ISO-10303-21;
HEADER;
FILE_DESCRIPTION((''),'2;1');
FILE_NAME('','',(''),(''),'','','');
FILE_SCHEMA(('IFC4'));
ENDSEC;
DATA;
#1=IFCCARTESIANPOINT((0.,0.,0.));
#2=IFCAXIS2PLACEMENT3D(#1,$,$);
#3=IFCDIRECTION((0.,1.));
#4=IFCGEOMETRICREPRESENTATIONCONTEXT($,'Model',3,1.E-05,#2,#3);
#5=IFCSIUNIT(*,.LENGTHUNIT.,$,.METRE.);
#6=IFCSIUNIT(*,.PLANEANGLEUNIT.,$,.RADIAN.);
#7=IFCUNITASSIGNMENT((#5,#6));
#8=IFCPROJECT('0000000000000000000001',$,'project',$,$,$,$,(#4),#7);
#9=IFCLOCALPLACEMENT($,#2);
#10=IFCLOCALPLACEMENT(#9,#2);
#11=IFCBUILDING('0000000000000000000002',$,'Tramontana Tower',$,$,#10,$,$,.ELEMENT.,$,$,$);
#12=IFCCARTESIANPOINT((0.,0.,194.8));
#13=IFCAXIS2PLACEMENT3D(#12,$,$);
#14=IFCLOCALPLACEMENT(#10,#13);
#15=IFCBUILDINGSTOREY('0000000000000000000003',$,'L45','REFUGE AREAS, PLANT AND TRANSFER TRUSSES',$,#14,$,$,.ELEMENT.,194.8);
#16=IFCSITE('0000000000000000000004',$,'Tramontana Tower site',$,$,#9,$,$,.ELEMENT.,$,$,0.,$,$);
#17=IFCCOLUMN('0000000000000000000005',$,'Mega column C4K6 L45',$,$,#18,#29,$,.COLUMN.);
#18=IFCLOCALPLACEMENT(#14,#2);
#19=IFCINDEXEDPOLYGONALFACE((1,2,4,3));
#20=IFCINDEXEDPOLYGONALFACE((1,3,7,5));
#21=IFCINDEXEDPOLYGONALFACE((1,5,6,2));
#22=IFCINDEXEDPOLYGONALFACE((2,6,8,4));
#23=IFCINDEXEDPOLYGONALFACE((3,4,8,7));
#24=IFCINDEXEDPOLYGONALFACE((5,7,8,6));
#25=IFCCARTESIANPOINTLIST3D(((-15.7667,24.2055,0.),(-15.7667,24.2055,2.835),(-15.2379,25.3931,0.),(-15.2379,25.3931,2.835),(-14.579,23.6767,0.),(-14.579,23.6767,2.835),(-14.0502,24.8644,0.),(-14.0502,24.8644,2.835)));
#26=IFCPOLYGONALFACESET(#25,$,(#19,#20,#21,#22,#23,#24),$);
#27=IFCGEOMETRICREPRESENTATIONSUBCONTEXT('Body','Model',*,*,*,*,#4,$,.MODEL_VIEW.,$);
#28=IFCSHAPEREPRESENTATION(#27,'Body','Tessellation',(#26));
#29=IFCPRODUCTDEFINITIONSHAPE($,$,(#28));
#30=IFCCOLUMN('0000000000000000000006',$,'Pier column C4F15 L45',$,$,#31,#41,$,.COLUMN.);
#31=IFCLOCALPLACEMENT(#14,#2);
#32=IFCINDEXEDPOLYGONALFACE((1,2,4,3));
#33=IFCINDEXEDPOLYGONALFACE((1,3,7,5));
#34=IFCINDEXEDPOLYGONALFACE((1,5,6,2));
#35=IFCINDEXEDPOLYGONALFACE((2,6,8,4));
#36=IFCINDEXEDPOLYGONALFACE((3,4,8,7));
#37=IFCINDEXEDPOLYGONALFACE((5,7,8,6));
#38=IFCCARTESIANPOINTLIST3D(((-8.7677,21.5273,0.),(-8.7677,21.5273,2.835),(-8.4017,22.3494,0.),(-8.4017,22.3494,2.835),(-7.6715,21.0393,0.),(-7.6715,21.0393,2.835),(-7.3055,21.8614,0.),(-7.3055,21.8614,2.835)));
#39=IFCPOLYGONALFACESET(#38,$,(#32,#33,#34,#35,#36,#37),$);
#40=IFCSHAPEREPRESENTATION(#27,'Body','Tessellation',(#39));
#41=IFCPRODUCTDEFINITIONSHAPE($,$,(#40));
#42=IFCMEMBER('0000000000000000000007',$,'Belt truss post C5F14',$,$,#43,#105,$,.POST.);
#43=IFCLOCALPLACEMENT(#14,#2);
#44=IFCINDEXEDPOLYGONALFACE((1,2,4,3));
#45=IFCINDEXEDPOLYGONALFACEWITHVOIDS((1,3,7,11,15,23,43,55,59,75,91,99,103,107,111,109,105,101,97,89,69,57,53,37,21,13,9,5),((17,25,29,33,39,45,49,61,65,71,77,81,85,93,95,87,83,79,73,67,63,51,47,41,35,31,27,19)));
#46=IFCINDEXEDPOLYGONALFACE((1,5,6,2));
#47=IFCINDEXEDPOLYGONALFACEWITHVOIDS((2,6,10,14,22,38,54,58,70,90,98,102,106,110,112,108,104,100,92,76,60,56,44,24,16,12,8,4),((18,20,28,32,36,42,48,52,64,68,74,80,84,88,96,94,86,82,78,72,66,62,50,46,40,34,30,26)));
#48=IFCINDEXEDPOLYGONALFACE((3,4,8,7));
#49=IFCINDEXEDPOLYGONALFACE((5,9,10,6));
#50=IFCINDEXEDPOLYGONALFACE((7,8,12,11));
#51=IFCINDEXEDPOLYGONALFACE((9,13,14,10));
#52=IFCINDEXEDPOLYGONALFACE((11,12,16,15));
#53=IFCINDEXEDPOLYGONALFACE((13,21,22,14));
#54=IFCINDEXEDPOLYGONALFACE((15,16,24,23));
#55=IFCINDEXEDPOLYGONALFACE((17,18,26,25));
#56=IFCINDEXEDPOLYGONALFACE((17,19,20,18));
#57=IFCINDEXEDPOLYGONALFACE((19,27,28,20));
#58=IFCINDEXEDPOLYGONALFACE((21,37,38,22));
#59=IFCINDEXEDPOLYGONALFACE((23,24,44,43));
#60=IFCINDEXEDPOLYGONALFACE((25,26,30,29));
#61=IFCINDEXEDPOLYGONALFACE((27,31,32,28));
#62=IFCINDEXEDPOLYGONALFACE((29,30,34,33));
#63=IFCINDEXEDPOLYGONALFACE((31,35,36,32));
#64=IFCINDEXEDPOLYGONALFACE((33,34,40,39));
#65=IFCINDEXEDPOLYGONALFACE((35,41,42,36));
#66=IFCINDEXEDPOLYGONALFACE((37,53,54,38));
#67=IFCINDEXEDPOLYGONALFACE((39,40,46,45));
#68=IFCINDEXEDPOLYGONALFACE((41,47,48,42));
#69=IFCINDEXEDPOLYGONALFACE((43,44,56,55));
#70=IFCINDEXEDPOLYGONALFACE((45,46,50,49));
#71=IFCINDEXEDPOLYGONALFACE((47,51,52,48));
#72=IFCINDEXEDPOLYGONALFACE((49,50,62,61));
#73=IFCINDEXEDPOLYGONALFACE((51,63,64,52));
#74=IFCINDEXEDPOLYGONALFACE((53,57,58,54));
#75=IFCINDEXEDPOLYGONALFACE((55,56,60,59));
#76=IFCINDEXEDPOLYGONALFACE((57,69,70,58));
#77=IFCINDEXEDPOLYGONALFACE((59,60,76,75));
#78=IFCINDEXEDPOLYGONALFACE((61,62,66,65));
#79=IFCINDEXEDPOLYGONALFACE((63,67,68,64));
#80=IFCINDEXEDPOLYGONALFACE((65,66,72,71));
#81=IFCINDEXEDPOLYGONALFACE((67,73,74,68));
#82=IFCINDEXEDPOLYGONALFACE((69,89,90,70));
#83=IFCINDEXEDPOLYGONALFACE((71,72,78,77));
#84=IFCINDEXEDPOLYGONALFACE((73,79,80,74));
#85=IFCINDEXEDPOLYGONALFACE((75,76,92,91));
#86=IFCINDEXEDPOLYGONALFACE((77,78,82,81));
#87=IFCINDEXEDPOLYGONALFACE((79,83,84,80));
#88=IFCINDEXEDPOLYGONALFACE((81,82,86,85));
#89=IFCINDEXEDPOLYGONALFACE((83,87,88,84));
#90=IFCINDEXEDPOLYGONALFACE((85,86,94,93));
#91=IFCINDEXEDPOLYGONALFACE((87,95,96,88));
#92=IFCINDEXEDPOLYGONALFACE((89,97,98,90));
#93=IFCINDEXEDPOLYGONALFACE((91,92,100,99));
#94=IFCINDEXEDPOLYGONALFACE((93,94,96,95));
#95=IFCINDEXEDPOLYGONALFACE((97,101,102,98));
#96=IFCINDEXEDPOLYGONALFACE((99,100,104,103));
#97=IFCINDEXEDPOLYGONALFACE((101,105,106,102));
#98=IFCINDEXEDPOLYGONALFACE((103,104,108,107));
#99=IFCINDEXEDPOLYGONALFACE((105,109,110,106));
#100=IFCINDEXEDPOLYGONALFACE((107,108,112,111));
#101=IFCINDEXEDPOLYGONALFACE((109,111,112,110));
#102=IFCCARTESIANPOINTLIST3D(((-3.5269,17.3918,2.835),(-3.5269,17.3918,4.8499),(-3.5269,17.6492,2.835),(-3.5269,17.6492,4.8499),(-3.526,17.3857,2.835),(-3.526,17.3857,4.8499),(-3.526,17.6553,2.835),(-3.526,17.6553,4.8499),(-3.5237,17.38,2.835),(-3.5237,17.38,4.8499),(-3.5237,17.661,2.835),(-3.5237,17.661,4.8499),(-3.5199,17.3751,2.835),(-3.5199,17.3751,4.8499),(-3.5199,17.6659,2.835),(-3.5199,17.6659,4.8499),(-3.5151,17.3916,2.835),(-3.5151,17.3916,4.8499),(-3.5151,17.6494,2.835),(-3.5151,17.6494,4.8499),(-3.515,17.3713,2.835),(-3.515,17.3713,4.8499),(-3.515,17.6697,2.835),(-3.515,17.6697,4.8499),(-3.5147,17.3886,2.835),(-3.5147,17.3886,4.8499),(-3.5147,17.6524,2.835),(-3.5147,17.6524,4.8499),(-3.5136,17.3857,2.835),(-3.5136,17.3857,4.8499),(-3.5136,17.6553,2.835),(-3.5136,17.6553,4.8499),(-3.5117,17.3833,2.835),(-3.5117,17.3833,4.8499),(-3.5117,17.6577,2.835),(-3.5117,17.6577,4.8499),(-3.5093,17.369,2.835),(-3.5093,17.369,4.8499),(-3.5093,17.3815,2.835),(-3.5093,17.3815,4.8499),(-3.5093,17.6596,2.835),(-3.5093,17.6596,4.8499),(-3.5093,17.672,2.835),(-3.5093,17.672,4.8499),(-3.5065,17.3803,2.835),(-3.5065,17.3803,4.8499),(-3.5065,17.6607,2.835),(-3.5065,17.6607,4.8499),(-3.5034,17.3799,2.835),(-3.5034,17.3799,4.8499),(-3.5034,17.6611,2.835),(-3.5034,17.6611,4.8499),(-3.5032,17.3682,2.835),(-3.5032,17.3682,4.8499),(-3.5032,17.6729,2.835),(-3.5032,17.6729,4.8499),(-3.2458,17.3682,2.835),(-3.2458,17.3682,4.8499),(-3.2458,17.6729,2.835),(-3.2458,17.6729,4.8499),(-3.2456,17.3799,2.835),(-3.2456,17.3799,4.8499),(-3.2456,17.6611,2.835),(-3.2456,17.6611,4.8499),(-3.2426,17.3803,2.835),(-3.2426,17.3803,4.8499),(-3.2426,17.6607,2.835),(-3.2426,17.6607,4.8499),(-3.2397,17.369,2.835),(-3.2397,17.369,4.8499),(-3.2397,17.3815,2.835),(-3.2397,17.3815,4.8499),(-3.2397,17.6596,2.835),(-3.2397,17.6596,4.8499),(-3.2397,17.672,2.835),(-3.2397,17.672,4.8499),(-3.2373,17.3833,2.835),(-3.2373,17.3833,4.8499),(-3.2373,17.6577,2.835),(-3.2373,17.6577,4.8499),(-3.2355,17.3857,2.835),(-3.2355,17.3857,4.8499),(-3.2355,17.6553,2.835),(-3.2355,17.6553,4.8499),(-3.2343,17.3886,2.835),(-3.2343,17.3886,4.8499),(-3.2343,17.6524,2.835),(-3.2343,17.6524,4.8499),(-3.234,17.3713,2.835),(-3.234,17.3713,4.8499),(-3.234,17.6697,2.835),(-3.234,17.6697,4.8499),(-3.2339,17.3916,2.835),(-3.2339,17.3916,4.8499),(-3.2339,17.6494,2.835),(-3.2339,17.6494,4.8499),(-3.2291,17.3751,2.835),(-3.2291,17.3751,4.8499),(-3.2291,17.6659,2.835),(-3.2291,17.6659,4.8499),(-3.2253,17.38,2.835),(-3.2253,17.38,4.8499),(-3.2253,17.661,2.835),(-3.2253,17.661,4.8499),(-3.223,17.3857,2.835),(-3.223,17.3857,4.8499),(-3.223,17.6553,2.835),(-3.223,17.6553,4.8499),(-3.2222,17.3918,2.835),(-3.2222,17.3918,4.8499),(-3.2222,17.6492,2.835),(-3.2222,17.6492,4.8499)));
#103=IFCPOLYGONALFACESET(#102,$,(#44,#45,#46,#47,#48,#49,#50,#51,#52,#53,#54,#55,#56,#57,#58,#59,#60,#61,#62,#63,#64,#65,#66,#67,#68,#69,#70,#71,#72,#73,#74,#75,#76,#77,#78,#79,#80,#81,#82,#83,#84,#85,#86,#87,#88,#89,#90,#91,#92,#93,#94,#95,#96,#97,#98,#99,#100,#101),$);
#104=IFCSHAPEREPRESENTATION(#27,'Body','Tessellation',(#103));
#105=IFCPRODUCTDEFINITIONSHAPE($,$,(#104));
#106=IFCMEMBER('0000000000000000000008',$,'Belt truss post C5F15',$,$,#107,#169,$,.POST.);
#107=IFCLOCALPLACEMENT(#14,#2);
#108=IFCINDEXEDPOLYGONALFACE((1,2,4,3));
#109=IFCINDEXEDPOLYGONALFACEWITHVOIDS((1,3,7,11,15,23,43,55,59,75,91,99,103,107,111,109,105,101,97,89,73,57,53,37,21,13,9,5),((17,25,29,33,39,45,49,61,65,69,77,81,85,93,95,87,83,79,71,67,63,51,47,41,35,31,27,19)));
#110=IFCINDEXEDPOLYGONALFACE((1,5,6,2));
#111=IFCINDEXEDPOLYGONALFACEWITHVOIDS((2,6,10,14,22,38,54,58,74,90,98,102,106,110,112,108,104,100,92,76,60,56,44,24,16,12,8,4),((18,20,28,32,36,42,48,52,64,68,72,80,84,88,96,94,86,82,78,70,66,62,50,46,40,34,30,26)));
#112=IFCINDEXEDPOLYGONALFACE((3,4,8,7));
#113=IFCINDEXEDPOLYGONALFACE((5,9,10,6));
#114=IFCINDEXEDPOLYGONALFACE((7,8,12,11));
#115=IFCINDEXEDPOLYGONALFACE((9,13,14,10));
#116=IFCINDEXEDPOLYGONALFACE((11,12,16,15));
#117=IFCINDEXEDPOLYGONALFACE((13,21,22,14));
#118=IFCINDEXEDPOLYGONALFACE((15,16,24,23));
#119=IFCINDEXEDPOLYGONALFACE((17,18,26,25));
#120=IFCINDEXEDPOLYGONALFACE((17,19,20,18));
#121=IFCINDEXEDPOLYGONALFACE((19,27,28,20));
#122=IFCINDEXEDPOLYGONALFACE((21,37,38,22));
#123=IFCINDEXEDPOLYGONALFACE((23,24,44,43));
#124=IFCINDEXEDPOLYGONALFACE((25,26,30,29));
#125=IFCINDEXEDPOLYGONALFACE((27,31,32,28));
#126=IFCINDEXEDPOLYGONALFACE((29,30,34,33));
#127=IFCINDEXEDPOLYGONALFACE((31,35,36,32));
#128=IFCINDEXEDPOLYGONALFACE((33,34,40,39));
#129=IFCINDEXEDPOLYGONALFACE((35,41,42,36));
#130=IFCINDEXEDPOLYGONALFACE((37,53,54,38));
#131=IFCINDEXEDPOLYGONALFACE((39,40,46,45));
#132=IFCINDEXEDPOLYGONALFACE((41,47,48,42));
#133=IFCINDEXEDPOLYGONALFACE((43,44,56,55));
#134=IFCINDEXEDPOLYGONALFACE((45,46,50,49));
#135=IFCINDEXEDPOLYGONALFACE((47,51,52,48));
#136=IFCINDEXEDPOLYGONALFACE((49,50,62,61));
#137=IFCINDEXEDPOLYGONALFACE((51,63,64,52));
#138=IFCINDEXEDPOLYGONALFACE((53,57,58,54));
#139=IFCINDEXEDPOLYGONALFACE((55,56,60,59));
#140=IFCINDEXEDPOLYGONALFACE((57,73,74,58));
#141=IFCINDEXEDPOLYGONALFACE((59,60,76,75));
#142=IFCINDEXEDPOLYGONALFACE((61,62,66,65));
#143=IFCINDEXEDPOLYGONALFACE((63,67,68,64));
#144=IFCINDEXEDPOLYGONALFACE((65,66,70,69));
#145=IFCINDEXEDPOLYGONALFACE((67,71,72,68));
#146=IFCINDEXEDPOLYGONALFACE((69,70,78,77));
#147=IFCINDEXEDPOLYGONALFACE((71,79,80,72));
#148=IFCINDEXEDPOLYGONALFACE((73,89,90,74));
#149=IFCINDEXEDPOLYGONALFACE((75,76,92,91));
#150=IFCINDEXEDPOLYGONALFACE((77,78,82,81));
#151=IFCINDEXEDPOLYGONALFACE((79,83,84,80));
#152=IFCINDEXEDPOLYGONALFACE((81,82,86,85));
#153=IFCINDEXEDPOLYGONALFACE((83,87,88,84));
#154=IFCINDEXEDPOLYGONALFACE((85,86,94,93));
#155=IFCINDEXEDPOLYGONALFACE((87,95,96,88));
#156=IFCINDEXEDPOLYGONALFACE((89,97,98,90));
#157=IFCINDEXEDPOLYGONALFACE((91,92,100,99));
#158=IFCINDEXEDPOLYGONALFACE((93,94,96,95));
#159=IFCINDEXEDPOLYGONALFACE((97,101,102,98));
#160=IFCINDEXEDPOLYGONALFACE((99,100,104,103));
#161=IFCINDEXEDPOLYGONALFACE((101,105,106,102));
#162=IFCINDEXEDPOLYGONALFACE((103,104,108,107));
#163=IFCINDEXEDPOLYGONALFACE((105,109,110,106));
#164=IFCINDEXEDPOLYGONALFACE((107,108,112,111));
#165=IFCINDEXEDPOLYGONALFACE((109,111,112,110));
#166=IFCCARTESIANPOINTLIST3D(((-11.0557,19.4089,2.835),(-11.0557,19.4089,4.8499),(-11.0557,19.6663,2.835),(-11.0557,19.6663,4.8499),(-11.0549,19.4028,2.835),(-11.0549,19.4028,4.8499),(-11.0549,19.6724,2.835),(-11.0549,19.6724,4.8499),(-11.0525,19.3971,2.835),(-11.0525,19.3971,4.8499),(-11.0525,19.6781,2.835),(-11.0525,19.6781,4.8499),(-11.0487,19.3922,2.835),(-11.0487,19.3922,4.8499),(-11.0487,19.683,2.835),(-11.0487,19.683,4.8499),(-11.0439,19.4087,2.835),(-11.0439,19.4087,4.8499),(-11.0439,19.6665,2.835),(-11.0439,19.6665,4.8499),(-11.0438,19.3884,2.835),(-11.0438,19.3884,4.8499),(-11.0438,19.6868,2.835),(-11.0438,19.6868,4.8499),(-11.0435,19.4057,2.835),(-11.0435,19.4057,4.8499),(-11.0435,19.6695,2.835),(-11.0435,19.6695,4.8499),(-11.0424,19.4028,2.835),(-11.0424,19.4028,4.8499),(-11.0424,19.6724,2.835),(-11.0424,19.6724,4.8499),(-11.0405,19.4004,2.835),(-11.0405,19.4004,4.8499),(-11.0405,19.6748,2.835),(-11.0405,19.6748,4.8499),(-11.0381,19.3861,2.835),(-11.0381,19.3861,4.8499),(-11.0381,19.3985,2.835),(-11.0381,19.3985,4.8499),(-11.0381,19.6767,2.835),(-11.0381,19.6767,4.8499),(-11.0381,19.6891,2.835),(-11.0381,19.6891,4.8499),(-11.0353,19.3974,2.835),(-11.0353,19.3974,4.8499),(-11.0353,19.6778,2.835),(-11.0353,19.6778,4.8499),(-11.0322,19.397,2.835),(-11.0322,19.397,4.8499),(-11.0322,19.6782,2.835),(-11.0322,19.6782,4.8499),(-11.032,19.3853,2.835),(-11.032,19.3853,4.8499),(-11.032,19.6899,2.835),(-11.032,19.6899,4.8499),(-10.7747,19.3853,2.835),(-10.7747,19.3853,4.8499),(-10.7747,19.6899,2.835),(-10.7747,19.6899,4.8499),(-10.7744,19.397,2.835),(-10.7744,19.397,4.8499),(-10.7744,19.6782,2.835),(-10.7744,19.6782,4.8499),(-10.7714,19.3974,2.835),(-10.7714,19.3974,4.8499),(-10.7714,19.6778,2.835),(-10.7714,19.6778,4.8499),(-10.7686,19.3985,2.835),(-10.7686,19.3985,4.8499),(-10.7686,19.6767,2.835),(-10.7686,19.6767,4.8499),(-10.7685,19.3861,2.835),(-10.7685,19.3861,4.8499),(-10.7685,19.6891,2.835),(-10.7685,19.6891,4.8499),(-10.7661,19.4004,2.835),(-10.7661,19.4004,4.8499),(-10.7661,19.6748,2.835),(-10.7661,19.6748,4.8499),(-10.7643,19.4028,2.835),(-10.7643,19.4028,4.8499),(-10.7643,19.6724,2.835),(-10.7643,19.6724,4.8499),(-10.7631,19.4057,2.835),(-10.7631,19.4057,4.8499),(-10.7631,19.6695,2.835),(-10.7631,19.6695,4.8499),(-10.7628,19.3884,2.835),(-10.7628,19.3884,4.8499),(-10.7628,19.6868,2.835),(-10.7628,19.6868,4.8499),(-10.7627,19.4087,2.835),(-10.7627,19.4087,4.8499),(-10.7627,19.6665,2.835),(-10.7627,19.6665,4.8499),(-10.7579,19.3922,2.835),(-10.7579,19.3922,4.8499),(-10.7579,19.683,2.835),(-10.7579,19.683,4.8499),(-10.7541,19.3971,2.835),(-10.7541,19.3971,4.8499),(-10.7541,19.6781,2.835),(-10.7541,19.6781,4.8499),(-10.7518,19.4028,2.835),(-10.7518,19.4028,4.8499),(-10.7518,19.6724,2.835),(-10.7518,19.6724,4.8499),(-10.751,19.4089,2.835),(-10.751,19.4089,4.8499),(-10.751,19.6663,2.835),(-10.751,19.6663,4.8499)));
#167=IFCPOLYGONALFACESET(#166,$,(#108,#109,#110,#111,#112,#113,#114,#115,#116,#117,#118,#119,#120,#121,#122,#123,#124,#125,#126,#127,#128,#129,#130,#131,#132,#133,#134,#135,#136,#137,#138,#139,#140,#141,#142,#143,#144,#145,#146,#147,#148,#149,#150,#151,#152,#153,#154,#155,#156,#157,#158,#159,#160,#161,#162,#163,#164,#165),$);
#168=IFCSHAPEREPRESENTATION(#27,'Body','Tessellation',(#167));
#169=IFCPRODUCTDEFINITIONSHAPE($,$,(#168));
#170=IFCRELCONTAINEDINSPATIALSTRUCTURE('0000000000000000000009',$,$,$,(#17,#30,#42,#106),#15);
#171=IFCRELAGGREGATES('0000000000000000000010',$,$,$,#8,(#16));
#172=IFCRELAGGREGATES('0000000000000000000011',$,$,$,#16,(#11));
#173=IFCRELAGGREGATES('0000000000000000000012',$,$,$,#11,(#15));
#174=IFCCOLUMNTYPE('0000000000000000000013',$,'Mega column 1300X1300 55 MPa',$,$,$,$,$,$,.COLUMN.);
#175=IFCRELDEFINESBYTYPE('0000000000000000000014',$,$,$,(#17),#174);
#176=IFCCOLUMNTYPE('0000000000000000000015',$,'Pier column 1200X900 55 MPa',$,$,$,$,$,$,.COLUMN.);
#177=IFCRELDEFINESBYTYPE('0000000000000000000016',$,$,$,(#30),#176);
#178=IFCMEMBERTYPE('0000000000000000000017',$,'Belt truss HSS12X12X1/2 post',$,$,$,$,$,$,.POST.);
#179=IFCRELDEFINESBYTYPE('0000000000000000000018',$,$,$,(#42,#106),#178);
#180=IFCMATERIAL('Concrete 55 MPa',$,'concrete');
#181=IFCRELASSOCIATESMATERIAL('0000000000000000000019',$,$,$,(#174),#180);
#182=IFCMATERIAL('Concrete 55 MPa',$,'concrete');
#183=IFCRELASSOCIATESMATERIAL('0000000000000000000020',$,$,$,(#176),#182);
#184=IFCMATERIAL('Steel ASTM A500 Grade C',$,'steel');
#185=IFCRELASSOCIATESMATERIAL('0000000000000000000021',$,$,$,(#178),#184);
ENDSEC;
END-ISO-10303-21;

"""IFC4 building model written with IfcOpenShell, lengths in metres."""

from ifc_helpers import new_model, si_unit, direction, frame, origin, origin_2d, place, context, subcontext, project, spatial, rectangle, hollow_rectangle, extrude, material, material_profile, profile_set, type_object, element, save


model = new_model("IFC4")

# Units and contexts
model_context = context("Model", 3, precision=1e-05, world=origin(), true_north=direction((0.0, 1.0)))
body_context = subcontext(model_context, "Body", "Model", "MODEL_VIEW")
ifc_project = project(units=[si_unit("LENGTHUNIT", "METRE"), si_unit("PLANEANGLEUNIT", "RADIAN")], contexts=[model_context])

# Site, building, storey
site_placement = place(None, origin())
site = spatial("IfcSite", under=ifc_project, at=site_placement, Name="Tramontana Tower site", CompositionType="ELEMENT", RefElevation=0.0)
building_placement = place(site_placement, origin())
building = spatial("IfcBuilding", under=site, at=building_placement, Name="Tramontana Tower", CompositionType="ELEMENT")
storey_placement = place(building_placement, frame((0.0, 0.0, 194.8)))
storey = spatial("IfcBuildingStorey", under=building, at=storey_placement, Name="L45", Description="REFUGE AREAS, PLANT AND TRANSFER TRUSSES", CompositionType="ELEMENT", Elevation=194.8)

# Columns
ifc_material_1 = material(Name="Concrete 55 MPa", Category="concrete")
ifc_material_profile_1 = material_profile(ifc_material_1, rectangle(XDim=1.3, YDim=1.3, at=origin_2d()), Name="Mega column 1300X1300 55 MPa")
ifc_profile_set_1 = profile_set([ifc_material_profile_1], Name="Concrete 55 MPa")
column_type_1 = type_object("IfcColumnType", Name="Mega column 1300X1300 55 MPa", PredefinedType="COLUMN", material=ifc_profile_set_1)
column_1_placement = place(storey_placement, frame((-14.9084, 24.5349, 0.0), z_axis=(0.0, 0.0, 1.0), x_axis=(-0.913545, 0.406737, 0.0)))
element("IfcColumn", 1, at=column_1_placement, inside=storey, type_object=column_type_1, Name="Mega column C4K6 L45", PredefinedType="COLUMN", context=body_context, shape_type="SweptSolid", body=[
    extrude(rectangle(XDim=1.3, YDim=1.3, at=origin_2d()), origin(), (0.0, 0.0, 1.0), 2.835),
])
ifc_material_2 = material(Name="Concrete 55 MPa", Category="concrete")
ifc_material_profile_2 = material_profile(ifc_material_2, rectangle(XDim=1.2, YDim=0.8999, at=origin_2d()), Name="Pier column 1200X900 55 MPa")
ifc_profile_set_2 = profile_set([ifc_material_profile_2], Name="Concrete 55 MPa")
column_type_2 = type_object("IfcColumnType", Name="Pier column 1200X900 55 MPa", PredefinedType="COLUMN", material=ifc_profile_set_2)
column_2_placement = place(storey_placement, frame((-8.0366, 21.6943, 0.0), z_axis=(0.0, 0.0, 1.0), x_axis=(-0.913545, 0.406737, 0.0)))
element("IfcColumn", 2, at=column_2_placement, inside=storey, type_object=column_type_2, Name="Pier column C4F15 L45", PredefinedType="COLUMN", context=body_context, shape_type="SweptSolid", body=[
    extrude(rectangle(XDim=1.2, YDim=0.8999, at=origin_2d()), origin(), (0.0, 0.0, 1.0), 2.835),
])

# Members
ifc_material_3 = material(Name="Steel ASTM A500 Grade C", Category="steel")
ifc_material_profile_3 = material_profile(ifc_material_3, hollow_rectangle(XDim=0.3047, YDim=0.3047, WallThickness=0.0117, InnerFilletRadius=0.0117, OuterFilletRadius=0.0237, at=origin_2d()), Name="HSS12X12X1/2")
ifc_profile_set_3 = profile_set([ifc_material_profile_3], Name="Steel ASTM A500 Grade C")
member_type_1 = type_object("IfcMemberType", Name="Belt truss HSS12X12X1/2 post", PredefinedType="POST", material=ifc_profile_set_3)
for number, where, z_axis, x_axis, name in (
    (3, (-3.3745, 17.5205, 2.835), (0.0, 0.0, 1.0), (1.0, 0.0, 0.0), "Belt truss post C5F14"),
    (4, (-10.9033, 19.5376, 2.835), (0.0, 0.0, 1.0), (1.0, 0.0, 0.0), "Belt truss post C5F15"),
):
    element("IfcMember", number, at=place(storey_placement, frame(where, z_axis=z_axis, x_axis=x_axis)), inside=storey, type_object=member_type_1, Name=name, PredefinedType="POST", context=body_context, shape_type="SweptSolid", body=[
        extrude(hollow_rectangle(XDim=0.3047, YDim=0.3047, WallThickness=0.0117, InnerFilletRadius=0.0117, OuterFilletRadius=0.0237, at=origin_2d()), origin(), (0.0, 0.0, 1.0), 2.0149),
    ])

save(model, "model.ifc")
